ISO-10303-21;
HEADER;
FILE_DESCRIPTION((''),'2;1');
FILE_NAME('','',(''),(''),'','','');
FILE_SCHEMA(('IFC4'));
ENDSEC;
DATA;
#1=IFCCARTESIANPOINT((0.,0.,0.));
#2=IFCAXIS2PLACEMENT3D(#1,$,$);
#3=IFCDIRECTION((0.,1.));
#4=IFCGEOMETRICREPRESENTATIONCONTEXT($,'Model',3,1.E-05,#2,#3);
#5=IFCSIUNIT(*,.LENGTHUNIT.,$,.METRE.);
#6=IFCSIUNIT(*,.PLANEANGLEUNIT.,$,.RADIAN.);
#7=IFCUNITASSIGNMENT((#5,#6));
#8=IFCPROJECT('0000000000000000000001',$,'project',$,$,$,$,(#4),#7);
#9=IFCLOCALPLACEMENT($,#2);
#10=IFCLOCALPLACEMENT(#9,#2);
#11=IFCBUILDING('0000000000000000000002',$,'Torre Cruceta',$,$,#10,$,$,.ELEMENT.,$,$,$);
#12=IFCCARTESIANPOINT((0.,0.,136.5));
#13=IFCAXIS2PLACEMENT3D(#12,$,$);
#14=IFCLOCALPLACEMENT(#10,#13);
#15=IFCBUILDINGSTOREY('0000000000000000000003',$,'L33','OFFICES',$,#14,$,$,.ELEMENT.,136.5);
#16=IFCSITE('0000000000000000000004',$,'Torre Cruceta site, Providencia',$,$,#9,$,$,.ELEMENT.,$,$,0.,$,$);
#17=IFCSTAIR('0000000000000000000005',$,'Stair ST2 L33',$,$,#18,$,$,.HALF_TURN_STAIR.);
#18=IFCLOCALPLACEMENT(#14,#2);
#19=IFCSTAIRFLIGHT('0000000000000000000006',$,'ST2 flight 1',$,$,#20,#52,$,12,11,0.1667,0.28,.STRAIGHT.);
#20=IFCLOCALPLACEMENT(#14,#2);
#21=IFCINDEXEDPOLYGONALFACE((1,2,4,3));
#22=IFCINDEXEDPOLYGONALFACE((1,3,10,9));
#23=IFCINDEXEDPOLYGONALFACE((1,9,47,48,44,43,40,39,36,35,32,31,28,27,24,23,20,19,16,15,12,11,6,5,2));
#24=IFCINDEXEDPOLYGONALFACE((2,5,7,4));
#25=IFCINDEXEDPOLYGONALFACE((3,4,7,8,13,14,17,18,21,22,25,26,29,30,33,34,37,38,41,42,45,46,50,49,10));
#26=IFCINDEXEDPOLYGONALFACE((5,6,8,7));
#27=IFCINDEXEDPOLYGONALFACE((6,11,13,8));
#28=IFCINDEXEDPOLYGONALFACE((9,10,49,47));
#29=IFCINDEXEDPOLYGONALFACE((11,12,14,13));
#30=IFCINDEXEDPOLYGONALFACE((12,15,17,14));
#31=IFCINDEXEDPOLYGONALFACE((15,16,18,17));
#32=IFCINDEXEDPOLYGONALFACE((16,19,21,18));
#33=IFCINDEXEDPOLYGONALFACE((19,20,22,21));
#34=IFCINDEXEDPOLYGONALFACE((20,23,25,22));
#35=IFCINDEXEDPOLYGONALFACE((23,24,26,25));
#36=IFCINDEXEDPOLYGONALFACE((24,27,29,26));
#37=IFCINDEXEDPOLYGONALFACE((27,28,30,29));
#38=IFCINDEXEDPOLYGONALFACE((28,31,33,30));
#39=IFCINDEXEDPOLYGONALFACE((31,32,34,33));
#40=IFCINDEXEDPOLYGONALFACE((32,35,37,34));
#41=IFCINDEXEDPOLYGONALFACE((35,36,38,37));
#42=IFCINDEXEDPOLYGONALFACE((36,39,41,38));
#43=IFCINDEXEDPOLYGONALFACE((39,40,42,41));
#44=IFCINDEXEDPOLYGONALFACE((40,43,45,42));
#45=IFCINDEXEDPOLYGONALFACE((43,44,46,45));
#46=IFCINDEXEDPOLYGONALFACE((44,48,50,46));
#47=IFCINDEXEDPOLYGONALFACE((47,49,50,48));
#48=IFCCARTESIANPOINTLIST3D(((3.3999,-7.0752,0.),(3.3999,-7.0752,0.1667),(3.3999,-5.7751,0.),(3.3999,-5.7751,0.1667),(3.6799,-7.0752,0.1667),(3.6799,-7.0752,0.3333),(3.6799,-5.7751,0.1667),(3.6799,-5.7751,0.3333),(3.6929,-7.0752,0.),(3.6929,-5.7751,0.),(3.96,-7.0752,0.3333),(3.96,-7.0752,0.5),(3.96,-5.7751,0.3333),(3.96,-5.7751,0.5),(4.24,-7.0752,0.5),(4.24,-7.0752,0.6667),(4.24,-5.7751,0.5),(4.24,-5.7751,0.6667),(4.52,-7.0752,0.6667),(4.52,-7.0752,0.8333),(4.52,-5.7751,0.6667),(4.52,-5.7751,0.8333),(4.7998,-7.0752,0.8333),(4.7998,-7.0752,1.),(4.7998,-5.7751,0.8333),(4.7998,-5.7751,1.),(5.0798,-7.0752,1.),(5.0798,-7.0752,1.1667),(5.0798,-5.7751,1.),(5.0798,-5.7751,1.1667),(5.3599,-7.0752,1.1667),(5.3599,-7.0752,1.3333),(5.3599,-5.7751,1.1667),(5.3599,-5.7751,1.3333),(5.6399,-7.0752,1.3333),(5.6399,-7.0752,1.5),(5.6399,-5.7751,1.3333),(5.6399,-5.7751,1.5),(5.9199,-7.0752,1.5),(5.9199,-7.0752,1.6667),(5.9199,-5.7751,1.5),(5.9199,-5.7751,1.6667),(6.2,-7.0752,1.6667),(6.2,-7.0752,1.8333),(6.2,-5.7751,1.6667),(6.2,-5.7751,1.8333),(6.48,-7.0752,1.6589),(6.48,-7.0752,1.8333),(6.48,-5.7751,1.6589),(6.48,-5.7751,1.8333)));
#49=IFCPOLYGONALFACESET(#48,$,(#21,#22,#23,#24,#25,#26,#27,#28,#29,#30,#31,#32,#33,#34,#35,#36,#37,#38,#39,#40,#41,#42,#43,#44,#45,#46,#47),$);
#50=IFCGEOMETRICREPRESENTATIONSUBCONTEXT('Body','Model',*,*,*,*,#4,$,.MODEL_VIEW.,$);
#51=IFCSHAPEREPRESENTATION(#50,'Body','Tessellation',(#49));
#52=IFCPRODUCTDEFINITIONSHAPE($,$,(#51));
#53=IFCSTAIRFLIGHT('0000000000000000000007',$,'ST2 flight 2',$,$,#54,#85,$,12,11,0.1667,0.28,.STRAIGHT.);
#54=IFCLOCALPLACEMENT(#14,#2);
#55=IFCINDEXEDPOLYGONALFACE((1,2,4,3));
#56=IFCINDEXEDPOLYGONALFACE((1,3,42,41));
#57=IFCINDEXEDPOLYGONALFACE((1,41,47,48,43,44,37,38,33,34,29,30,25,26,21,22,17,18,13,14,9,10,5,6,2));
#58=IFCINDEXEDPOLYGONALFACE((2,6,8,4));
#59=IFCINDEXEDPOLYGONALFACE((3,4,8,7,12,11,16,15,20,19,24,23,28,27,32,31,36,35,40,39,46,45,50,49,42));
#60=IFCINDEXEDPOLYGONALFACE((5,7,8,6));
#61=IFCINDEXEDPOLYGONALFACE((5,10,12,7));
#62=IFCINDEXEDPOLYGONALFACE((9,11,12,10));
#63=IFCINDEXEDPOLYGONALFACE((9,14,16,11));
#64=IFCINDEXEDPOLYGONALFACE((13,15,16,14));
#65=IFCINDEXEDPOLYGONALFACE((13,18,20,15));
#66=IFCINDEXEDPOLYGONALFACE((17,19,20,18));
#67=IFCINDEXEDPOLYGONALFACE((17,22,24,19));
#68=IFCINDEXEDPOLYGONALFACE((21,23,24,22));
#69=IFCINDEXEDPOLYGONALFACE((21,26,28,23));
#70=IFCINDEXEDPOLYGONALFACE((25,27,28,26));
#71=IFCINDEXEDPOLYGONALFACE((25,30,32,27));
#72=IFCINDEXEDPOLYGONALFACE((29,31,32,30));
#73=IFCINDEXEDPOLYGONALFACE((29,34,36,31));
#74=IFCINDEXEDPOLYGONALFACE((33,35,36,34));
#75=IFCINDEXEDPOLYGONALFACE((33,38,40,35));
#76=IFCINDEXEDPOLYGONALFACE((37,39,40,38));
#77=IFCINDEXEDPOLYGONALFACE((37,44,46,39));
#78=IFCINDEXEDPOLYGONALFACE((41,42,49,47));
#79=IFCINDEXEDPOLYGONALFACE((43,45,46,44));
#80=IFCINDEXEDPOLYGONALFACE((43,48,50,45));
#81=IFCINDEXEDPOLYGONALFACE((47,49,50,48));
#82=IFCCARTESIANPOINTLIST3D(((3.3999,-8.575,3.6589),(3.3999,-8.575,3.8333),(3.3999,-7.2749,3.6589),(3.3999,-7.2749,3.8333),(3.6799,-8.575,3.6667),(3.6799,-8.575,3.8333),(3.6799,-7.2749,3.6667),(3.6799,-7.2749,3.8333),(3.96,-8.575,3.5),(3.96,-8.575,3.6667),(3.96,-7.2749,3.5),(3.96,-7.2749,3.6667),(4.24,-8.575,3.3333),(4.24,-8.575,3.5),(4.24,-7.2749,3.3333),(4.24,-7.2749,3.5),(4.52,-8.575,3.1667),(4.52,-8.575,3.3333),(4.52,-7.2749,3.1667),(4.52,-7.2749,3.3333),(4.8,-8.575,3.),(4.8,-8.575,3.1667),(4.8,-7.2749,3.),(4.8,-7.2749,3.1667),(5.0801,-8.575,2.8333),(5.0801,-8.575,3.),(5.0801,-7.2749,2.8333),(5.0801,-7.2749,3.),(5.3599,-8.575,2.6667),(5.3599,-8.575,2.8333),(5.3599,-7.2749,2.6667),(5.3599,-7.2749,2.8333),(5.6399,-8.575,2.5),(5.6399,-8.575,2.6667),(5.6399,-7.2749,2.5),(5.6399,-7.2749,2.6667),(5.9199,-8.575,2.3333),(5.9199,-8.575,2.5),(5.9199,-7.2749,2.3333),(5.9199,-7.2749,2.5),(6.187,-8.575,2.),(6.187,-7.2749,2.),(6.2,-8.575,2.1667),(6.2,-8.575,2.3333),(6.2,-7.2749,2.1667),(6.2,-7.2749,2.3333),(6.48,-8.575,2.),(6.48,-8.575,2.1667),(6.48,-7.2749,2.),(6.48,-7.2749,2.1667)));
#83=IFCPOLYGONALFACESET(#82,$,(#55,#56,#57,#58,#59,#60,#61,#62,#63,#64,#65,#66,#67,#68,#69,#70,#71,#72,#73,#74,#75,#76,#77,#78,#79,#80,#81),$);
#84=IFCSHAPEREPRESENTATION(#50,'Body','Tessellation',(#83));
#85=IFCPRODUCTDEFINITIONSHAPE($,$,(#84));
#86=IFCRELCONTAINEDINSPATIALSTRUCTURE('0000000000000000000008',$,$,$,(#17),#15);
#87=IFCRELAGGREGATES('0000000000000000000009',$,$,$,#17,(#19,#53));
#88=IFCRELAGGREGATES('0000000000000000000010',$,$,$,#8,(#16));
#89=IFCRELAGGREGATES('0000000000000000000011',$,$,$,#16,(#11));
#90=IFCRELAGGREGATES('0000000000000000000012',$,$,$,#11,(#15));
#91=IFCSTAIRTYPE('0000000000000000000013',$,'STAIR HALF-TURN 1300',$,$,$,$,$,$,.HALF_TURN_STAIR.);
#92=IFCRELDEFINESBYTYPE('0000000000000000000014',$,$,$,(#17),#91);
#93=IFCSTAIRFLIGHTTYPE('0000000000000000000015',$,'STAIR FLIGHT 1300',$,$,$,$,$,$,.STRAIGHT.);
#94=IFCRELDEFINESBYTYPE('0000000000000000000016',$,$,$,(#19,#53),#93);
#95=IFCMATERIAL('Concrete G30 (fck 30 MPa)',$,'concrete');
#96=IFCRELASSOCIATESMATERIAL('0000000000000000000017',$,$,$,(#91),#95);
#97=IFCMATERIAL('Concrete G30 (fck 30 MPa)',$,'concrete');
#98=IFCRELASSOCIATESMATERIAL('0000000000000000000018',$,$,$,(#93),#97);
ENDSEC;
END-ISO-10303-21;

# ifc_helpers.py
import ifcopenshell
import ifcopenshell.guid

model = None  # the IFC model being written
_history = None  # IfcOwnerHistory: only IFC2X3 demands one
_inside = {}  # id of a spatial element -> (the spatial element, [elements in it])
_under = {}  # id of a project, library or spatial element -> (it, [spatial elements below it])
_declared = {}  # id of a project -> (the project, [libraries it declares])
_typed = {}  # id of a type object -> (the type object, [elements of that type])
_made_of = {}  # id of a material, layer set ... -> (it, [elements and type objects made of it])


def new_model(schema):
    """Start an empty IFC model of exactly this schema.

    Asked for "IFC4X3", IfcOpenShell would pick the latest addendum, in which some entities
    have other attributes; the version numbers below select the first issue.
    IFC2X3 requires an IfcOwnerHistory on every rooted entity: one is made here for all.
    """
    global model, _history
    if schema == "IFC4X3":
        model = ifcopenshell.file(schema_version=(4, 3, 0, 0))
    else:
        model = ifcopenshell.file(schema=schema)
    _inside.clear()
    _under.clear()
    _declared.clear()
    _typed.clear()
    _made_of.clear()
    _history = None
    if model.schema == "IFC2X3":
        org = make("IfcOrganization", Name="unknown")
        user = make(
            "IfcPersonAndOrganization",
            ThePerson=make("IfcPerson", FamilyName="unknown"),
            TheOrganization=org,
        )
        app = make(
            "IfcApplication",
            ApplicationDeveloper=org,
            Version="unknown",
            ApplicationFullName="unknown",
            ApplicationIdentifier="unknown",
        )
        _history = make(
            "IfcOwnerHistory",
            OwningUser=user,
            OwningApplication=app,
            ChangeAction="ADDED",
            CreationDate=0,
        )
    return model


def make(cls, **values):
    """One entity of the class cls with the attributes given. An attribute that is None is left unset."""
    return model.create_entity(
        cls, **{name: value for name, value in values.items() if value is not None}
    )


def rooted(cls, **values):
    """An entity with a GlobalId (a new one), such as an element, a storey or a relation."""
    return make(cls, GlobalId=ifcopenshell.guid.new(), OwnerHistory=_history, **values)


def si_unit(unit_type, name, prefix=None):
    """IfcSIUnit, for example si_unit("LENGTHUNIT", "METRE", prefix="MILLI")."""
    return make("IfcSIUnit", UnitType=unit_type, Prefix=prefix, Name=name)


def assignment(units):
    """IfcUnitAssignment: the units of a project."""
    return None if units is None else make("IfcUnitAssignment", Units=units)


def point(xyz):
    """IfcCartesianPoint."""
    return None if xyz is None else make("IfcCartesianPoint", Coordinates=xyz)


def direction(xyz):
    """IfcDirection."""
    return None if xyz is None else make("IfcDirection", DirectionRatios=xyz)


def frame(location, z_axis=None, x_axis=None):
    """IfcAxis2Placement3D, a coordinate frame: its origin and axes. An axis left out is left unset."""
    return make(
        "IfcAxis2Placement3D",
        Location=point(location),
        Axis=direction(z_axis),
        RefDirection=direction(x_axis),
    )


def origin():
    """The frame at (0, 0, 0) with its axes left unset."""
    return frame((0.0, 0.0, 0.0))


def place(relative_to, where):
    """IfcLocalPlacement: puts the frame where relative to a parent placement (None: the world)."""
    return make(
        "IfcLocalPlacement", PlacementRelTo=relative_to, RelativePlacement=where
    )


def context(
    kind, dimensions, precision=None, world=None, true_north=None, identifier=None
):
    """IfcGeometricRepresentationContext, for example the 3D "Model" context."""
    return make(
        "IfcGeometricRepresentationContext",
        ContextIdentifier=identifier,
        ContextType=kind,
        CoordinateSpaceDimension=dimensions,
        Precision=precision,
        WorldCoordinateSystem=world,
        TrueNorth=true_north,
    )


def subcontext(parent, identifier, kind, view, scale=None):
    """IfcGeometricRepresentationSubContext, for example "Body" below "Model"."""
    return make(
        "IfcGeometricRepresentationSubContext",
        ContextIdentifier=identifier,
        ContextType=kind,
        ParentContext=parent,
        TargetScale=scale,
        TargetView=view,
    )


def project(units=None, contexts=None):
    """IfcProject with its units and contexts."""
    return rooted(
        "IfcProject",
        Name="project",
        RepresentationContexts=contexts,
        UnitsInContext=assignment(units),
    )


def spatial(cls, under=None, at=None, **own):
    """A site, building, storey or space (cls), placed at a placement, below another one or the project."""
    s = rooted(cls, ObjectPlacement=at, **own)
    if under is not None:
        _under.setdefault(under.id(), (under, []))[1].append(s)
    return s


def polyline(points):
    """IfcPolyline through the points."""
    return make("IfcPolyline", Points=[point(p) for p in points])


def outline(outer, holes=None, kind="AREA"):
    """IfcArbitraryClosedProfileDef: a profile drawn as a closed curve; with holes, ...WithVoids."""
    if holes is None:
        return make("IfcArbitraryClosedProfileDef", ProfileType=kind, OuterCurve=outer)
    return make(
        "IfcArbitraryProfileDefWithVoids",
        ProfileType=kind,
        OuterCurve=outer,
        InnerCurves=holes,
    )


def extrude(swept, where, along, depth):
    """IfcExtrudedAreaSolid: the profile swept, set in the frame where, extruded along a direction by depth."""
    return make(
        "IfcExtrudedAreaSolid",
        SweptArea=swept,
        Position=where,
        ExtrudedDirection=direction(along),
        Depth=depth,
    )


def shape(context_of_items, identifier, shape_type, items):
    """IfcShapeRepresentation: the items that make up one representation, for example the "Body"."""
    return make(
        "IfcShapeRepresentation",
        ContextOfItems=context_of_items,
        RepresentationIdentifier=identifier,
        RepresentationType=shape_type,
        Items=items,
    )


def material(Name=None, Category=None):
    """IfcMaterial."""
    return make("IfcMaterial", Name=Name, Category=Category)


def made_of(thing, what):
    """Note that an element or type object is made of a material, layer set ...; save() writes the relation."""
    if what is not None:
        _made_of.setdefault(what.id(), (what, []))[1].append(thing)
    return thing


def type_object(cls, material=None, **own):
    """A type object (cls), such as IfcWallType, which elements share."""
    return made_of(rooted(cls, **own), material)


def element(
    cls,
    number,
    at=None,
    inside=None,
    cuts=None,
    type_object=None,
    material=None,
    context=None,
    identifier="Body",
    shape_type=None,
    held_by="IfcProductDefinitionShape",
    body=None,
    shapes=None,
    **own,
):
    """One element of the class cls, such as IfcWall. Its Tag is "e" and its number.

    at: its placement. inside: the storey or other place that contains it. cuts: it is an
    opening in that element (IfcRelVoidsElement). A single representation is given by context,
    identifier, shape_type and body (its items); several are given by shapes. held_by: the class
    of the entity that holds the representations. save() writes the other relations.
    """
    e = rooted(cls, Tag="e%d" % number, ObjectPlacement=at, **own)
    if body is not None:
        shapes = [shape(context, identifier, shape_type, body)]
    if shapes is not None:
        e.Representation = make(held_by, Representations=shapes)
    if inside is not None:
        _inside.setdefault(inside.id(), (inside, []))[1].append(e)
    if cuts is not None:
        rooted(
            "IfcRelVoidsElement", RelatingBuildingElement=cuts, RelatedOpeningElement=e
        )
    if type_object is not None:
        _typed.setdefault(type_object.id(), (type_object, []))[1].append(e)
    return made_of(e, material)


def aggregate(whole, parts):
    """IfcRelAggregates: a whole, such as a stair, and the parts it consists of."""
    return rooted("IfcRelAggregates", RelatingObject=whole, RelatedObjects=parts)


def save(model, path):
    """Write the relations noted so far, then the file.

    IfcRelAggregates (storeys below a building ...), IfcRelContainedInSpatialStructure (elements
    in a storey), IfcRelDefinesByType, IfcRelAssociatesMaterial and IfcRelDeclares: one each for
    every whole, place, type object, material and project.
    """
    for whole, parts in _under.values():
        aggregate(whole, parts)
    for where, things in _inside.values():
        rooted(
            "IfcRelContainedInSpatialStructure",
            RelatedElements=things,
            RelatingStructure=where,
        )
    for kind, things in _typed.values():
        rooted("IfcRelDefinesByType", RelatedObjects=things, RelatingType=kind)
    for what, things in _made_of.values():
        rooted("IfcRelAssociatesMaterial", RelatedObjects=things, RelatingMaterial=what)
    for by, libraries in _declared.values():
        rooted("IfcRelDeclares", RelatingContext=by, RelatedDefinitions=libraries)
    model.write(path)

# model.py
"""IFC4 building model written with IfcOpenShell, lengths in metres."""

from ifc_helpers import new_model, si_unit, direction, frame, origin, place, context, subcontext, project, spatial, polyline, outline, extrude, material, type_object, element, aggregate, save


model = new_model("IFC4")

# Units and contexts
model_context = context("Model", 3, precision=1e-05, world=origin(), true_north=direction((0.0, 1.0)))
body_context = subcontext(model_context, "Body", "Model", "MODEL_VIEW")
ifc_project = project(units=[si_unit("LENGTHUNIT", "METRE"), si_unit("PLANEANGLEUNIT", "RADIAN")], contexts=[model_context])

# Site, building, storey
site_placement = place(None, origin())
site = spatial("IfcSite", under=ifc_project, at=site_placement, Name="Torre Cruceta site, Providencia", CompositionType="ELEMENT", RefElevation=0.0)
building_placement = place(site_placement, origin())
building = spatial("IfcBuilding", under=site, at=building_placement, Name="Torre Cruceta", CompositionType="ELEMENT")
storey_placement = place(building_placement, frame((0.0, 0.0, 136.5)))
storey = spatial("IfcBuildingStorey", under=building, at=storey_placement, Name="L33", Description="OFFICES", CompositionType="ELEMENT", Elevation=136.5)

# Stair, stair flights
ifc_material_1 = material(Name="Concrete G30 (fck 30 MPa)", Category="concrete")
stair_type = type_object("IfcStairType", Name="STAIR HALF-TURN 1300", PredefinedType="HALF_TURN_STAIR", material=ifc_material_1)
stair_placement = place(storey_placement, origin())
stair = element("IfcStair", 1, at=stair_placement, inside=storey, type_object=stair_type, Name="Stair ST2 L33", PredefinedType="HALF_TURN_STAIR")
ifc_material_2 = material(Name="Concrete G30 (fck 30 MPa)", Category="concrete")
stair_flight_type = type_object("IfcStairFlightType", Name="STAIR FLIGHT 1300", PredefinedType="STRAIGHT", material=ifc_material_2)
stair_flight_1_placement = place(storey_placement, frame((3.3999, -6.425, 0.0), z_axis=(0.0, 0.0, 1.0), x_axis=(1.0, 0.0, 0.0)))
stair_flight_1 = element("IfcStairFlight", 2, at=stair_flight_1_placement, type_object=stair_flight_type, Name="ST2 flight 1", NumberOfRisers=12, NumberOfTreads=11, PredefinedType="STRAIGHT", RiserHeight=0.1667, TreadLength=0.28, context=body_context, shape_type="SweptSolid", body=[
    extrude(outline(polyline([(0.0, 0.0), (0.0, 0.1667), (0.28, 0.1667), (0.28, 0.3333), (0.5601, 0.3333), (0.5601, 0.5), (0.8401, 0.5), (0.8401, 0.6667), (1.1201, 0.6667), (1.1201, 0.8333), (1.3999, 0.8333), (1.3999, 1.0), (1.6799, 1.0), (1.6799, 1.1667), (1.96, 1.1667), (1.96, 1.3333), (2.24, 1.3333), (2.24, 1.5), (2.52, 1.5), (2.52, 1.6667), (2.8, 1.6667), (2.8, 1.8333), (3.0801, 1.8333), (3.0801, 2.0), (3.0801, 1.6589), (0.293, 0.0), (0.0, 0.0)])), frame((0.0, 0.6499, 0.0), z_axis=(0.0, -1.0, 0.0), x_axis=(1.0, 0.0, 0.0)), (0.0, 0.0, 1.0), 1.3),
])
stair_flight_2_placement = place(storey_placement, frame((6.48, -7.925, 2.0), z_axis=(0.0, 0.0, 1.0), x_axis=(-1.0, 0.0, 0.0)))
stair_flight_2 = element("IfcStairFlight", 3, at=stair_flight_2_placement, type_object=stair_flight_type, Name="ST2 flight 2", NumberOfRisers=12, NumberOfTreads=11, PredefinedType="STRAIGHT", RiserHeight=0.1667, TreadLength=0.28, context=body_context, shape_type="SweptSolid", body=[
    extrude(outline(polyline([(0.0, 0.0), (0.0, 0.1667), (0.28, 0.1667), (0.28, 0.3333), (0.5601, 0.3333), (0.5601, 0.5), (0.8401, 0.5), (0.8401, 0.6667), (1.1201, 0.6667), (1.1201, 0.8333), (1.3999, 0.8333), (1.3999, 1.0), (1.6799, 1.0), (1.6799, 1.1667), (1.96, 1.1667), (1.96, 1.3333), (2.24, 1.3333), (2.24, 1.5), (2.52, 1.5), (2.52, 1.6667), (2.8, 1.6667), (2.8, 1.8333), (3.0801, 1.8333), (3.0801, 2.0), (3.0801, 1.6589), (0.293, 0.0), (0.0, 0.0)])), frame((0.0, 0.6499, 0.0), z_axis=(0.0, -1.0, 0.0), x_axis=(1.0, 0.0, 0.0)), (0.0, 0.0, 1.0), 1.3),
])
aggregate(stair, [stair_flight_1, stair_flight_2])

save(model, "model.ifc")
